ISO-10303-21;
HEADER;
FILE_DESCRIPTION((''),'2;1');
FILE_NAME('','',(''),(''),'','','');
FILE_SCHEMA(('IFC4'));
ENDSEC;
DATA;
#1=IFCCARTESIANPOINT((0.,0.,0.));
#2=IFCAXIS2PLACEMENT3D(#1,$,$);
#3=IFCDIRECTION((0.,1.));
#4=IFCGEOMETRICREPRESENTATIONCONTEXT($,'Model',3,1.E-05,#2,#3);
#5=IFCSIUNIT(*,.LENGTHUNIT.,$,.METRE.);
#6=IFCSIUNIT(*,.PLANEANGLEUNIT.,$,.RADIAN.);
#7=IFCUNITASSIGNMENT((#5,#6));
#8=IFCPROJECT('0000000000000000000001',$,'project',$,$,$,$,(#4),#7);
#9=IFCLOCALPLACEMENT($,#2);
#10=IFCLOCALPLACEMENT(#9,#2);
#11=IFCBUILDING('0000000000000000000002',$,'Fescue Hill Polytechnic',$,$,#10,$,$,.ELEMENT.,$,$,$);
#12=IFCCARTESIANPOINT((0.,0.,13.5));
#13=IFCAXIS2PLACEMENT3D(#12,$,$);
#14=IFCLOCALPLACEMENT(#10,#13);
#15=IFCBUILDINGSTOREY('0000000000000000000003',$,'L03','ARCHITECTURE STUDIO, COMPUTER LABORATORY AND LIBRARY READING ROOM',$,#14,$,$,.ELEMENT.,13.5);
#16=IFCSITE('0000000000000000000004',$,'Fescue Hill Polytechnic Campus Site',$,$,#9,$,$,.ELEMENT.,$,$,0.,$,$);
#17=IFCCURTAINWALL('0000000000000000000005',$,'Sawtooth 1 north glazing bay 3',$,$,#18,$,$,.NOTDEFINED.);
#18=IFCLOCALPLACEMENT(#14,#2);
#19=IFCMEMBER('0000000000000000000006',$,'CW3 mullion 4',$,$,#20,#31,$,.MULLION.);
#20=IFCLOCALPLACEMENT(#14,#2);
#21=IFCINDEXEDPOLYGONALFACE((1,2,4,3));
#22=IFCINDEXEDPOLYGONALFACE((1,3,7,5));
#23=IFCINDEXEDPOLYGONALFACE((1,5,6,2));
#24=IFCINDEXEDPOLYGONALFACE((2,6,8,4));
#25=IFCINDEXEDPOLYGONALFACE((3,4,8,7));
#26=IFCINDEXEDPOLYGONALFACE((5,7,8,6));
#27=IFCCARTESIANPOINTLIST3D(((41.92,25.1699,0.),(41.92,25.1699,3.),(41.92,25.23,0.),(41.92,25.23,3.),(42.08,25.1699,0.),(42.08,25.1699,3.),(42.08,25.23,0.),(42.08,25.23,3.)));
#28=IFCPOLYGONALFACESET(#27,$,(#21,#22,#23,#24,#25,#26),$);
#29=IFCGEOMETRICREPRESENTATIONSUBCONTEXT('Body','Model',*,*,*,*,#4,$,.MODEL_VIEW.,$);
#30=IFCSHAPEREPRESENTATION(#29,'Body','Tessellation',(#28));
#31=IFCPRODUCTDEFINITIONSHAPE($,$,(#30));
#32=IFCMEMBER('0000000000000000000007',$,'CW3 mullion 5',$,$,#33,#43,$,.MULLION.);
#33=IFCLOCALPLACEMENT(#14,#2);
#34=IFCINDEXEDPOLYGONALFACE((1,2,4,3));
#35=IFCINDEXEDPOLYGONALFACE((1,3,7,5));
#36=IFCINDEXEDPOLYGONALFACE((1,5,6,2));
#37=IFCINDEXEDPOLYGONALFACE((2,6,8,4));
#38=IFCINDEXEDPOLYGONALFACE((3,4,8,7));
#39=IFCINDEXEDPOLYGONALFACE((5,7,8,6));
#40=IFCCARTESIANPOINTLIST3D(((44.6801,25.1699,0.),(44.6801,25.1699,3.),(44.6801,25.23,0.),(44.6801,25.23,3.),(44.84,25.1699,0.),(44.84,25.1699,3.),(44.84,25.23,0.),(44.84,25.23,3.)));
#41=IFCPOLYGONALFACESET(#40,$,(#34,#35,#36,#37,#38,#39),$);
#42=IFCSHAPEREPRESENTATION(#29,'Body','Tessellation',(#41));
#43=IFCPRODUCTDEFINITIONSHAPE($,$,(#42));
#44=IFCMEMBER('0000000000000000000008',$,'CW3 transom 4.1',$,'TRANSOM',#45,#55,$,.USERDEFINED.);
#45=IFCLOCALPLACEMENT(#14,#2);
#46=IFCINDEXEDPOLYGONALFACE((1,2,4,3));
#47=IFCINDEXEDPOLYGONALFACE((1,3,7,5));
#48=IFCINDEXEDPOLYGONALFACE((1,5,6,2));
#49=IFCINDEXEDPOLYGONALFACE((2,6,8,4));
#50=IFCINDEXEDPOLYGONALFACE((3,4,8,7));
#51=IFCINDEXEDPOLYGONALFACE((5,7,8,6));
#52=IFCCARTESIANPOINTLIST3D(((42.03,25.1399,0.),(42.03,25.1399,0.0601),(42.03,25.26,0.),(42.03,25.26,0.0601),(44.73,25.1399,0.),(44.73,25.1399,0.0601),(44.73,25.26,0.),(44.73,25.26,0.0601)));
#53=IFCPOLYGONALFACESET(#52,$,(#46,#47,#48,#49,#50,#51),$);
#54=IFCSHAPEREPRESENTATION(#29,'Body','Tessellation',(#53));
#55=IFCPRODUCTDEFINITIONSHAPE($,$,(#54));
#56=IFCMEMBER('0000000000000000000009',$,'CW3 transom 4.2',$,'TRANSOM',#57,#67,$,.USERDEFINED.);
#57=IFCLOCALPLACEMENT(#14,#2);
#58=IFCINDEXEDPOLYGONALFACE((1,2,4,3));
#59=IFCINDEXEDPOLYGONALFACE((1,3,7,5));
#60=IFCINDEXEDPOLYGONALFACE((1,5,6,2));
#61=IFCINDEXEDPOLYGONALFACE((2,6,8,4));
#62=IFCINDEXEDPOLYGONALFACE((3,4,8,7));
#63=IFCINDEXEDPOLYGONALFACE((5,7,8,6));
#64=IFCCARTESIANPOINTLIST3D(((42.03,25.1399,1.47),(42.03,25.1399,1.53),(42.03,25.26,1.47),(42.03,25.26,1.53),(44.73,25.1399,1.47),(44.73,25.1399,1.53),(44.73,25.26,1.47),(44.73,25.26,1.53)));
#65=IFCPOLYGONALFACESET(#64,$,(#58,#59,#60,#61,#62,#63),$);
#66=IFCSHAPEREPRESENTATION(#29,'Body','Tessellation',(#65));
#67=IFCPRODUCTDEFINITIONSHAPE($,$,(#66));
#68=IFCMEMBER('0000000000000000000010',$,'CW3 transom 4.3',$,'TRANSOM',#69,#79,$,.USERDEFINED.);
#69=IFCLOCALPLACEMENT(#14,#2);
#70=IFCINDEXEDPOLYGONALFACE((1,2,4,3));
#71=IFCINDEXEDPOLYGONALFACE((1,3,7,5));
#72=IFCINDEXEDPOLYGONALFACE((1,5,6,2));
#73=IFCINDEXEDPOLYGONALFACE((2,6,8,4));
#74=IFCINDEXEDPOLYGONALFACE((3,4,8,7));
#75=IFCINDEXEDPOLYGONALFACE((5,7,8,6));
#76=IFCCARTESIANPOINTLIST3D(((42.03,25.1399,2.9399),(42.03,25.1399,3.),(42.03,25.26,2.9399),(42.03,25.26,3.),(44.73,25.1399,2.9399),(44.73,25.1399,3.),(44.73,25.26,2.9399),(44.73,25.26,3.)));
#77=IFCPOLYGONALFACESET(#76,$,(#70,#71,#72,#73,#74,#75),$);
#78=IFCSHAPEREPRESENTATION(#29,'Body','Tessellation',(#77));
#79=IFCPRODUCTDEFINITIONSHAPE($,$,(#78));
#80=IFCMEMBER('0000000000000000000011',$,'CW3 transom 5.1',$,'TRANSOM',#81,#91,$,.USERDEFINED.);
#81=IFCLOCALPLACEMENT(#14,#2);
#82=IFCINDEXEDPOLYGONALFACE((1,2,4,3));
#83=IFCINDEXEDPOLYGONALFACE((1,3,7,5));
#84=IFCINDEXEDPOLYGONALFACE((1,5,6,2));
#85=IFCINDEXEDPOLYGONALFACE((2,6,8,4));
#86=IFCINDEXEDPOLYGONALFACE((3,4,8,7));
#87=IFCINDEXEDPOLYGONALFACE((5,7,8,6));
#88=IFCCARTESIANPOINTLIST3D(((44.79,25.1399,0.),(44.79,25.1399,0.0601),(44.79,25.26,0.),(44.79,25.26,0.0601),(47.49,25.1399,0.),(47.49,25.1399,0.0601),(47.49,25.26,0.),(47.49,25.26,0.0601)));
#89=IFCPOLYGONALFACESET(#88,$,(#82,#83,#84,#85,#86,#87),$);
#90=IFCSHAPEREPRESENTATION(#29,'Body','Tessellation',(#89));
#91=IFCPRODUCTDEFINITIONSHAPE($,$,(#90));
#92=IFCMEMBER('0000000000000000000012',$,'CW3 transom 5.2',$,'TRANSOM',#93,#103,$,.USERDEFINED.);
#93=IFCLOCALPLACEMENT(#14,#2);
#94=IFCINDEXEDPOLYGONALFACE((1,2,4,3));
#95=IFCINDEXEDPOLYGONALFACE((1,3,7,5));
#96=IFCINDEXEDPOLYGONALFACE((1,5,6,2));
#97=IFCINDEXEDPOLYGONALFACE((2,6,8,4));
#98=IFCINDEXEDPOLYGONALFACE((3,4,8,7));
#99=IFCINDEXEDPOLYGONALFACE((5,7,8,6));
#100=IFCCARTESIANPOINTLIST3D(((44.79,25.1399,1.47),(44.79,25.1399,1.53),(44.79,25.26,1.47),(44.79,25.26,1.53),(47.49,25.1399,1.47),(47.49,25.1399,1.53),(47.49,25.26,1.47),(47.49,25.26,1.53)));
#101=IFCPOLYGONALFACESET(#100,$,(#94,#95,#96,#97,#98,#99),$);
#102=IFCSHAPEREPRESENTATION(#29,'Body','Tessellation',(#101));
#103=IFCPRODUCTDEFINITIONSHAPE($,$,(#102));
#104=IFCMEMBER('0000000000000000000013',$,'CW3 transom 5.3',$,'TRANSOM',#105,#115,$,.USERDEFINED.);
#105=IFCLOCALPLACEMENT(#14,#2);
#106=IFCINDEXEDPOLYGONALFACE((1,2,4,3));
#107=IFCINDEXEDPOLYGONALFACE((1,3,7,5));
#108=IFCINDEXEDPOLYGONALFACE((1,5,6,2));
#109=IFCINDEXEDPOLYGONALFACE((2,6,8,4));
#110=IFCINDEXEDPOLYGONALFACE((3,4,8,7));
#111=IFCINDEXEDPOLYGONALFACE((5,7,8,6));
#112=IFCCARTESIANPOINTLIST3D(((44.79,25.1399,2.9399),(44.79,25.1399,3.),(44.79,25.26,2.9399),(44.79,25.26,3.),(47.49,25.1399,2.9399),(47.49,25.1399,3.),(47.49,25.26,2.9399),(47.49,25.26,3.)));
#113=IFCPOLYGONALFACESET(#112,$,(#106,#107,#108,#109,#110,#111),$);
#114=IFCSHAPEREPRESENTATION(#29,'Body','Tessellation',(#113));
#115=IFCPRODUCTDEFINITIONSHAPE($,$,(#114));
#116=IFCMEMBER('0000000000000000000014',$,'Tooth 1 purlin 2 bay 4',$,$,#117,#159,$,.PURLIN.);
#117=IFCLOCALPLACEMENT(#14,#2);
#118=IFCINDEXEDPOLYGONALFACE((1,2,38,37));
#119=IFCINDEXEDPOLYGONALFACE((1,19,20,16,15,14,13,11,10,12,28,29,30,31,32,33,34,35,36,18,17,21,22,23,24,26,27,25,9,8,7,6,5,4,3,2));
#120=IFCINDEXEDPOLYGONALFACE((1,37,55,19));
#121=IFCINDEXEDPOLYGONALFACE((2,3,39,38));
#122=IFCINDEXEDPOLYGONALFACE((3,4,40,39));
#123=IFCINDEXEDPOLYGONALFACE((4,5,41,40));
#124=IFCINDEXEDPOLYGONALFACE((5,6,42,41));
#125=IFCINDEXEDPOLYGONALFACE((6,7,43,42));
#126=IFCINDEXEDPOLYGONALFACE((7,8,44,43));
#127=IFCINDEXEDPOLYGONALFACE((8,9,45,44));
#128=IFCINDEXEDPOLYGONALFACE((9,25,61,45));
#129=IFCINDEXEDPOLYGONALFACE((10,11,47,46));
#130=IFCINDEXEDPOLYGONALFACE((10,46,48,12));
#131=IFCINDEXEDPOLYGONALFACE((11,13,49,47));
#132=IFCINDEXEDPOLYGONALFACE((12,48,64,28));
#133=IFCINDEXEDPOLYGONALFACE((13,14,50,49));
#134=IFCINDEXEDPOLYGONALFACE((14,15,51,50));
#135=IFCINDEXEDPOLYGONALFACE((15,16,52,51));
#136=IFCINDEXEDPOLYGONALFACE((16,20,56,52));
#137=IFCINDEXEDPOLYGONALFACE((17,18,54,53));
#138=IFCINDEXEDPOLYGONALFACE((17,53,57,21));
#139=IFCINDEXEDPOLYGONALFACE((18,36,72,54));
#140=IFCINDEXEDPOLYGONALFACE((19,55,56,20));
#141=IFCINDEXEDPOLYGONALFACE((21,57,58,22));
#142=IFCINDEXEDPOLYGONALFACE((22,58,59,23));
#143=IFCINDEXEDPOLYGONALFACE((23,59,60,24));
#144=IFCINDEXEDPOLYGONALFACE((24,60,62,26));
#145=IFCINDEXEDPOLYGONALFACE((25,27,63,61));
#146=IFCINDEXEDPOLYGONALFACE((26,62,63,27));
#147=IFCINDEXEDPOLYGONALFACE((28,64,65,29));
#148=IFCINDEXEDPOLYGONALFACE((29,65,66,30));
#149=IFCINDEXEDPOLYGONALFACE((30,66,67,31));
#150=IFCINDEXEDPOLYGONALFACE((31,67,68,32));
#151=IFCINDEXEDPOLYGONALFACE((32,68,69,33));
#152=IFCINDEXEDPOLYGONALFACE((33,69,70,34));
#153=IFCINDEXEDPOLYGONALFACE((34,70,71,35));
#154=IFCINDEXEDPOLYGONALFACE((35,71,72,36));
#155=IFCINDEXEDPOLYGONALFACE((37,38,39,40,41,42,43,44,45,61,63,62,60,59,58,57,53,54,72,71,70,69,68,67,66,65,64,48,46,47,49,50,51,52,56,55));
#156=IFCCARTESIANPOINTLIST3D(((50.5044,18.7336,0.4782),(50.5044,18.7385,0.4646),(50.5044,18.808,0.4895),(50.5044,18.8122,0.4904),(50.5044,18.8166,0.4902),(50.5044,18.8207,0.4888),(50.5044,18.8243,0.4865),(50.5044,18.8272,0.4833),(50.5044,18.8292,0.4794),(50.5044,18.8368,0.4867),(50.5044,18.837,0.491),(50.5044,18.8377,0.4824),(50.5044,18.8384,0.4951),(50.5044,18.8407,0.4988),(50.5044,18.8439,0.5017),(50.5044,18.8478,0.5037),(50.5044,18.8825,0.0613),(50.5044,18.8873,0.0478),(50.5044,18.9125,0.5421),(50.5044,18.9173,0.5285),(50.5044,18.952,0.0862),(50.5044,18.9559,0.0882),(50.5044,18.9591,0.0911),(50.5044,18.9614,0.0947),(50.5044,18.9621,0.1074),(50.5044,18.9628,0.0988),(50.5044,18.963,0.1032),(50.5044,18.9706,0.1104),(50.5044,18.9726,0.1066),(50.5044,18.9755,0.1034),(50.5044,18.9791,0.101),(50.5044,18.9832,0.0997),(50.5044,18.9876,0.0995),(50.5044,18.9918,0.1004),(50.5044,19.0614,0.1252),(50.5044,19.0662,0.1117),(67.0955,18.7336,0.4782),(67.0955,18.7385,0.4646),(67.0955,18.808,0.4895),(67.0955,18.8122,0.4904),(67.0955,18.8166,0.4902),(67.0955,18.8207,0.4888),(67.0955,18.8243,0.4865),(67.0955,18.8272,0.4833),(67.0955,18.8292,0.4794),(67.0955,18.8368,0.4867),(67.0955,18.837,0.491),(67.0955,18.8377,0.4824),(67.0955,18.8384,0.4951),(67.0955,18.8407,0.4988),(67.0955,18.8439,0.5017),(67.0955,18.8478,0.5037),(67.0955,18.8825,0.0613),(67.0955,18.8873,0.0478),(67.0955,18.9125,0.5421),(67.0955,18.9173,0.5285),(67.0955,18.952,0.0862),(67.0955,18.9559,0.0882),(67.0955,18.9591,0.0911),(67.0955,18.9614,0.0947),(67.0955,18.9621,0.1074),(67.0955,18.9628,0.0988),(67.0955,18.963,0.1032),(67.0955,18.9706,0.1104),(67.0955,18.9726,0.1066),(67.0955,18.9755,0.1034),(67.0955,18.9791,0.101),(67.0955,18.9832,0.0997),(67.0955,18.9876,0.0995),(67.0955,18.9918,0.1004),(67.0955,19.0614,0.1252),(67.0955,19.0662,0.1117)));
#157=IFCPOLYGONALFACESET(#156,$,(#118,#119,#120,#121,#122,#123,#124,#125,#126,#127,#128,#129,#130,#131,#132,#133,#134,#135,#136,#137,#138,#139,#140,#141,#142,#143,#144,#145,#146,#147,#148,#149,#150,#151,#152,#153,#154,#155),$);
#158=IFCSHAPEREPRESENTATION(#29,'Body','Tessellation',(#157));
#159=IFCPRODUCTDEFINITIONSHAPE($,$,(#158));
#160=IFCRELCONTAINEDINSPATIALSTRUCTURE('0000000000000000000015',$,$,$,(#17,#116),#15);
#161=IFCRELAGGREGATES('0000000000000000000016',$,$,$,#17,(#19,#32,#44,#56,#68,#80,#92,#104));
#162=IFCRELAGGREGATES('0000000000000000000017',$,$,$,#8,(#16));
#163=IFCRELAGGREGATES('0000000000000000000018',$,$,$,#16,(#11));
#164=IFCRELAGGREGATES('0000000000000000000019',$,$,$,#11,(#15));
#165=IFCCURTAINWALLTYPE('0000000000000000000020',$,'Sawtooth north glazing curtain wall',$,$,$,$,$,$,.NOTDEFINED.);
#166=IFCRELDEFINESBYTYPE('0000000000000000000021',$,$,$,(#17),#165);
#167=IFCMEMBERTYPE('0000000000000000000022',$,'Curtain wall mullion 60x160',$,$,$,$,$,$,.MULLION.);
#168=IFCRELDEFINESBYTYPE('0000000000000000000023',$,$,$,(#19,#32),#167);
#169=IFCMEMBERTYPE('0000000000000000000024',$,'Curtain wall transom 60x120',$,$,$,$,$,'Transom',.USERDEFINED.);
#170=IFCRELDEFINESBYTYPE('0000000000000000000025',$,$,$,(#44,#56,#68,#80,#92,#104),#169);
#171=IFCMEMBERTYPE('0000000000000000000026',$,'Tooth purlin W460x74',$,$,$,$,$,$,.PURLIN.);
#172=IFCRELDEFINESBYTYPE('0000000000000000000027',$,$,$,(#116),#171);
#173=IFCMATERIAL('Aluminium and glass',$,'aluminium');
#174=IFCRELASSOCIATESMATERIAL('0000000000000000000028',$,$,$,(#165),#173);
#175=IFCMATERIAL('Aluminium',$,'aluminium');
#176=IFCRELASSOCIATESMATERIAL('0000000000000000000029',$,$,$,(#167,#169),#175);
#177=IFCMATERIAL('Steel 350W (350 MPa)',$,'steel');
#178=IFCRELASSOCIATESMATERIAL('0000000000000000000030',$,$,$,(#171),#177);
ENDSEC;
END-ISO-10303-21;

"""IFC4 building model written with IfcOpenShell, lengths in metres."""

from ifc_helpers import new_model, si_unit, direction, frame, origin, origin_2d, place, context, subcontext, project, spatial, rectangle, i_section, extrude, material, material_profile, profile_set, type_object, element, aggregate, save


model = new_model("IFC4")

# Units and contexts
model_context = context("Model", 3, precision=1e-05, world=origin(), true_north=direction((0.0, 1.0)))
body_context = subcontext(model_context, "Body", "Model", "MODEL_VIEW")
ifc_project = project(units=[si_unit("LENGTHUNIT", "METRE"), si_unit("PLANEANGLEUNIT", "RADIAN")], contexts=[model_context])

# Site, building, storey
site_placement = place(None, origin())
site = spatial("IfcSite", under=ifc_project, at=site_placement, Name="Fescue Hill Polytechnic Campus Site", CompositionType="ELEMENT", RefElevation=0.0)
building_placement = place(site_placement, origin())
building = spatial("IfcBuilding", under=site, at=building_placement, Name="Fescue Hill Polytechnic", CompositionType="ELEMENT")
storey_placement = place(building_placement, frame((0.0, 0.0, 13.5)))
storey = spatial("IfcBuildingStorey", under=building, at=storey_placement, Name="L03", Description="ARCHITECTURE STUDIO, COMPUTER LABORATORY AND LIBRARY READING ROOM", CompositionType="ELEMENT", Elevation=13.5)

# Curtain wall, members
ifc_material_1 = material(Name="Aluminium and glass", Category="aluminium")
curtain_wall_type = type_object("IfcCurtainWallType", Name="Sawtooth north glazing curtain wall", PredefinedType="NOTDEFINED", material=ifc_material_1)
curtain_wall_placement = place(storey_placement, origin())
curtain_wall = element("IfcCurtainWall", 1, at=curtain_wall_placement, inside=storey, type_object=curtain_wall_type, Name="Sawtooth 1 north glazing bay 3", PredefinedType="NOTDEFINED")
ifc_material_2 = material(Name="Aluminium", Category="aluminium")
ifc_material_profile_1 = material_profile(ifc_material_2, rectangle(XDim=0.0601, YDim=0.1599, at=origin_2d()), Name="Curtain wall mullion 60x160")
ifc_profile_set_1 = profile_set([ifc_material_profile_1], Name="Aluminium")
member_type_1 = type_object("IfcMemberType", Name="Curtain wall mullion 60x160", PredefinedType="MULLION", material=ifc_profile_set_1)
member_1_placement = place(storey_placement, frame((42.0, 25.2, 0.0), z_axis=(0.0, 0.0, 1.0), x_axis=(0.0, 1.0, 0.0)))
member_1 = element("IfcMember", 2, at=member_1_placement, type_object=member_type_1, Name="CW3 mullion 4", PredefinedType="MULLION", context=body_context, shape_type="SweptSolid", body=[
    extrude(rectangle(XDim=0.0601, YDim=0.1599, at=origin_2d()), origin(), (0.0, 0.0, 1.0), 3.0),
])
member_2_placement = place(storey_placement, frame((44.76, 25.2, 0.0), z_axis=(0.0, 0.0, 1.0), x_axis=(0.0, 1.0, 0.0)))
member_2 = element("IfcMember", 3, at=member_2_placement, type_object=member_type_1, Name="CW3 mullion 5", PredefinedType="MULLION", context=body_context, shape_type="SweptSolid", body=[
    extrude(rectangle(XDim=0.0601, YDim=0.1599, at=origin_2d()), origin(), (0.0, 0.0, 1.0), 3.0),
])
ifc_material_profile_2 = material_profile(ifc_material_2, rectangle(XDim=0.1201, YDim=0.0601, at=origin_2d()), Name="Curtain wall transom 60x120")
ifc_profile_set_2 = profile_set([ifc_material_profile_2], Name="Aluminium")
member_type_2 = type_object("IfcMemberType", Name="Curtain wall transom 60x120", ElementType="Transom", PredefinedType="USERDEFINED", material=ifc_profile_set_2)
member_3_placement = place(storey_placement, frame((42.03, 25.2, 0.03), z_axis=(1.0, 0.0, 0.0), x_axis=(0.0, 1.0, 0.0)))
member_3 = element("IfcMember", 4, at=member_3_placement, type_object=member_type_2, Name="CW3 transom 4.1", ObjectType="TRANSOM", PredefinedType="USERDEFINED", context=body_context, shape_type="SweptSolid", body=[
    extrude(rectangle(XDim=0.1201, YDim=0.0601, at=origin_2d()), origin(), (0.0, 0.0, 1.0), 2.7),
])
member_4_placement = place(storey_placement, frame((42.03, 25.2, 1.5), z_axis=(1.0, 0.0, 0.0), x_axis=(0.0, 1.0, 0.0)))
member_4 = element("IfcMember", 5, at=member_4_placement, type_object=member_type_2, Name="CW3 transom 4.2", ObjectType="TRANSOM", PredefinedType="USERDEFINED", context=body_context, shape_type="SweptSolid", body=[
    extrude(rectangle(XDim=0.1201, YDim=0.0601, at=origin_2d()), origin(), (0.0, 0.0, 1.0), 2.7),
])
member_5_placement = place(storey_placement, frame((42.03, 25.2, 2.97), z_axis=(1.0, 0.0, 0.0), x_axis=(0.0, 1.0, 0.0)))
member_5 = element("IfcMember", 6, at=member_5_placement, type_object=member_type_2, Name="CW3 transom 4.3", ObjectType="TRANSOM", PredefinedType="USERDEFINED", context=body_context, shape_type="SweptSolid", body=[
    extrude(rectangle(XDim=0.1201, YDim=0.0601, at=origin_2d()), origin(), (0.0, 0.0, 1.0), 2.7),
])
member_6_placement = place(storey_placement, frame((44.79, 25.2, 0.03), z_axis=(1.0, 0.0, 0.0), x_axis=(0.0, 1.0, 0.0)))
member_6 = element("IfcMember", 7, at=member_6_placement, type_object=member_type_2, Name="CW3 transom 5.1", ObjectType="TRANSOM", PredefinedType="USERDEFINED", context=body_context, shape_type="SweptSolid", body=[
    extrude(rectangle(XDim=0.1201, YDim=0.0601, at=origin_2d()), origin(), (0.0, 0.0, 1.0), 2.7),
])
member_7_placement = place(storey_placement, frame((44.79, 25.2, 1.5), z_axis=(1.0, 0.0, 0.0), x_axis=(0.0, 1.0, 0.0)))
member_7 = element("IfcMember", 8, at=member_7_placement, type_object=member_type_2, Name="CW3 transom 5.2", ObjectType="TRANSOM", PredefinedType="USERDEFINED", context=body_context, shape_type="SweptSolid", body=[
    extrude(rectangle(XDim=0.1201, YDim=0.0601, at=origin_2d()), origin(), (0.0, 0.0, 1.0), 2.7),
])
member_8_placement = place(storey_placement, frame((44.79, 25.2, 2.97), z_axis=(1.0, 0.0, 0.0), x_axis=(0.0, 1.0, 0.0)))
member_8 = element("IfcMember", 9, at=member_8_placement, type_object=member_type_2, Name="CW3 transom 5.3", ObjectType="TRANSOM", PredefinedType="USERDEFINED", context=body_context, shape_type="SweptSolid", body=[
    extrude(rectangle(XDim=0.1201, YDim=0.0601, at=origin_2d()), origin(), (0.0, 0.0, 1.0), 2.7),
])

# Member
ifc_material_3 = material(Name="Steel 350W (350 MPa)", Category="steel")
ifc_material_profile_3 = material_profile(ifc_material_3, i_section(OverallWidth=0.1899, OverallDepth=0.457, WebThickness=0.009, FlangeThickness=0.0144, FilletRadius=0.0166, at=origin_2d()), Name="W460x74")
ifc_profile_set_3 = profile_set([ifc_material_profile_3], Name="Steel 350W (350 MPa)")
member_type_3 = type_object("IfcMemberType", Name="Tooth purlin W460x74", PredefinedType="PURLIN", material=ifc_profile_set_3)
for number, where, z_axis, x_axis, name in (
    (10, (50.5044, 18.8999, 0.2949), (1.0, 0.0, 0.0), (0.0, 0.941742, 0.336336), "Tooth 1 purlin 2 bay 4"),
):
    element("IfcMember", number, at=place(storey_placement, frame(where, z_axis=z_axis, x_axis=x_axis)), inside=storey, type_object=member_type_3, Name=name, PredefinedType="PURLIN", context=body_context, shape_type="SweptSolid", body=[
        extrude(i_section(OverallWidth=0.1899, OverallDepth=0.457, WebThickness=0.009, FlangeThickness=0.0144, FilletRadius=0.0166, at=origin_2d()), origin(), (0.0, 0.0, 1.0), 16.5911),
    ])

aggregate(curtain_wall, [member_1, member_2, member_3, member_4, member_5, member_6, member_7, member_8])

save(model, "model.ifc")
